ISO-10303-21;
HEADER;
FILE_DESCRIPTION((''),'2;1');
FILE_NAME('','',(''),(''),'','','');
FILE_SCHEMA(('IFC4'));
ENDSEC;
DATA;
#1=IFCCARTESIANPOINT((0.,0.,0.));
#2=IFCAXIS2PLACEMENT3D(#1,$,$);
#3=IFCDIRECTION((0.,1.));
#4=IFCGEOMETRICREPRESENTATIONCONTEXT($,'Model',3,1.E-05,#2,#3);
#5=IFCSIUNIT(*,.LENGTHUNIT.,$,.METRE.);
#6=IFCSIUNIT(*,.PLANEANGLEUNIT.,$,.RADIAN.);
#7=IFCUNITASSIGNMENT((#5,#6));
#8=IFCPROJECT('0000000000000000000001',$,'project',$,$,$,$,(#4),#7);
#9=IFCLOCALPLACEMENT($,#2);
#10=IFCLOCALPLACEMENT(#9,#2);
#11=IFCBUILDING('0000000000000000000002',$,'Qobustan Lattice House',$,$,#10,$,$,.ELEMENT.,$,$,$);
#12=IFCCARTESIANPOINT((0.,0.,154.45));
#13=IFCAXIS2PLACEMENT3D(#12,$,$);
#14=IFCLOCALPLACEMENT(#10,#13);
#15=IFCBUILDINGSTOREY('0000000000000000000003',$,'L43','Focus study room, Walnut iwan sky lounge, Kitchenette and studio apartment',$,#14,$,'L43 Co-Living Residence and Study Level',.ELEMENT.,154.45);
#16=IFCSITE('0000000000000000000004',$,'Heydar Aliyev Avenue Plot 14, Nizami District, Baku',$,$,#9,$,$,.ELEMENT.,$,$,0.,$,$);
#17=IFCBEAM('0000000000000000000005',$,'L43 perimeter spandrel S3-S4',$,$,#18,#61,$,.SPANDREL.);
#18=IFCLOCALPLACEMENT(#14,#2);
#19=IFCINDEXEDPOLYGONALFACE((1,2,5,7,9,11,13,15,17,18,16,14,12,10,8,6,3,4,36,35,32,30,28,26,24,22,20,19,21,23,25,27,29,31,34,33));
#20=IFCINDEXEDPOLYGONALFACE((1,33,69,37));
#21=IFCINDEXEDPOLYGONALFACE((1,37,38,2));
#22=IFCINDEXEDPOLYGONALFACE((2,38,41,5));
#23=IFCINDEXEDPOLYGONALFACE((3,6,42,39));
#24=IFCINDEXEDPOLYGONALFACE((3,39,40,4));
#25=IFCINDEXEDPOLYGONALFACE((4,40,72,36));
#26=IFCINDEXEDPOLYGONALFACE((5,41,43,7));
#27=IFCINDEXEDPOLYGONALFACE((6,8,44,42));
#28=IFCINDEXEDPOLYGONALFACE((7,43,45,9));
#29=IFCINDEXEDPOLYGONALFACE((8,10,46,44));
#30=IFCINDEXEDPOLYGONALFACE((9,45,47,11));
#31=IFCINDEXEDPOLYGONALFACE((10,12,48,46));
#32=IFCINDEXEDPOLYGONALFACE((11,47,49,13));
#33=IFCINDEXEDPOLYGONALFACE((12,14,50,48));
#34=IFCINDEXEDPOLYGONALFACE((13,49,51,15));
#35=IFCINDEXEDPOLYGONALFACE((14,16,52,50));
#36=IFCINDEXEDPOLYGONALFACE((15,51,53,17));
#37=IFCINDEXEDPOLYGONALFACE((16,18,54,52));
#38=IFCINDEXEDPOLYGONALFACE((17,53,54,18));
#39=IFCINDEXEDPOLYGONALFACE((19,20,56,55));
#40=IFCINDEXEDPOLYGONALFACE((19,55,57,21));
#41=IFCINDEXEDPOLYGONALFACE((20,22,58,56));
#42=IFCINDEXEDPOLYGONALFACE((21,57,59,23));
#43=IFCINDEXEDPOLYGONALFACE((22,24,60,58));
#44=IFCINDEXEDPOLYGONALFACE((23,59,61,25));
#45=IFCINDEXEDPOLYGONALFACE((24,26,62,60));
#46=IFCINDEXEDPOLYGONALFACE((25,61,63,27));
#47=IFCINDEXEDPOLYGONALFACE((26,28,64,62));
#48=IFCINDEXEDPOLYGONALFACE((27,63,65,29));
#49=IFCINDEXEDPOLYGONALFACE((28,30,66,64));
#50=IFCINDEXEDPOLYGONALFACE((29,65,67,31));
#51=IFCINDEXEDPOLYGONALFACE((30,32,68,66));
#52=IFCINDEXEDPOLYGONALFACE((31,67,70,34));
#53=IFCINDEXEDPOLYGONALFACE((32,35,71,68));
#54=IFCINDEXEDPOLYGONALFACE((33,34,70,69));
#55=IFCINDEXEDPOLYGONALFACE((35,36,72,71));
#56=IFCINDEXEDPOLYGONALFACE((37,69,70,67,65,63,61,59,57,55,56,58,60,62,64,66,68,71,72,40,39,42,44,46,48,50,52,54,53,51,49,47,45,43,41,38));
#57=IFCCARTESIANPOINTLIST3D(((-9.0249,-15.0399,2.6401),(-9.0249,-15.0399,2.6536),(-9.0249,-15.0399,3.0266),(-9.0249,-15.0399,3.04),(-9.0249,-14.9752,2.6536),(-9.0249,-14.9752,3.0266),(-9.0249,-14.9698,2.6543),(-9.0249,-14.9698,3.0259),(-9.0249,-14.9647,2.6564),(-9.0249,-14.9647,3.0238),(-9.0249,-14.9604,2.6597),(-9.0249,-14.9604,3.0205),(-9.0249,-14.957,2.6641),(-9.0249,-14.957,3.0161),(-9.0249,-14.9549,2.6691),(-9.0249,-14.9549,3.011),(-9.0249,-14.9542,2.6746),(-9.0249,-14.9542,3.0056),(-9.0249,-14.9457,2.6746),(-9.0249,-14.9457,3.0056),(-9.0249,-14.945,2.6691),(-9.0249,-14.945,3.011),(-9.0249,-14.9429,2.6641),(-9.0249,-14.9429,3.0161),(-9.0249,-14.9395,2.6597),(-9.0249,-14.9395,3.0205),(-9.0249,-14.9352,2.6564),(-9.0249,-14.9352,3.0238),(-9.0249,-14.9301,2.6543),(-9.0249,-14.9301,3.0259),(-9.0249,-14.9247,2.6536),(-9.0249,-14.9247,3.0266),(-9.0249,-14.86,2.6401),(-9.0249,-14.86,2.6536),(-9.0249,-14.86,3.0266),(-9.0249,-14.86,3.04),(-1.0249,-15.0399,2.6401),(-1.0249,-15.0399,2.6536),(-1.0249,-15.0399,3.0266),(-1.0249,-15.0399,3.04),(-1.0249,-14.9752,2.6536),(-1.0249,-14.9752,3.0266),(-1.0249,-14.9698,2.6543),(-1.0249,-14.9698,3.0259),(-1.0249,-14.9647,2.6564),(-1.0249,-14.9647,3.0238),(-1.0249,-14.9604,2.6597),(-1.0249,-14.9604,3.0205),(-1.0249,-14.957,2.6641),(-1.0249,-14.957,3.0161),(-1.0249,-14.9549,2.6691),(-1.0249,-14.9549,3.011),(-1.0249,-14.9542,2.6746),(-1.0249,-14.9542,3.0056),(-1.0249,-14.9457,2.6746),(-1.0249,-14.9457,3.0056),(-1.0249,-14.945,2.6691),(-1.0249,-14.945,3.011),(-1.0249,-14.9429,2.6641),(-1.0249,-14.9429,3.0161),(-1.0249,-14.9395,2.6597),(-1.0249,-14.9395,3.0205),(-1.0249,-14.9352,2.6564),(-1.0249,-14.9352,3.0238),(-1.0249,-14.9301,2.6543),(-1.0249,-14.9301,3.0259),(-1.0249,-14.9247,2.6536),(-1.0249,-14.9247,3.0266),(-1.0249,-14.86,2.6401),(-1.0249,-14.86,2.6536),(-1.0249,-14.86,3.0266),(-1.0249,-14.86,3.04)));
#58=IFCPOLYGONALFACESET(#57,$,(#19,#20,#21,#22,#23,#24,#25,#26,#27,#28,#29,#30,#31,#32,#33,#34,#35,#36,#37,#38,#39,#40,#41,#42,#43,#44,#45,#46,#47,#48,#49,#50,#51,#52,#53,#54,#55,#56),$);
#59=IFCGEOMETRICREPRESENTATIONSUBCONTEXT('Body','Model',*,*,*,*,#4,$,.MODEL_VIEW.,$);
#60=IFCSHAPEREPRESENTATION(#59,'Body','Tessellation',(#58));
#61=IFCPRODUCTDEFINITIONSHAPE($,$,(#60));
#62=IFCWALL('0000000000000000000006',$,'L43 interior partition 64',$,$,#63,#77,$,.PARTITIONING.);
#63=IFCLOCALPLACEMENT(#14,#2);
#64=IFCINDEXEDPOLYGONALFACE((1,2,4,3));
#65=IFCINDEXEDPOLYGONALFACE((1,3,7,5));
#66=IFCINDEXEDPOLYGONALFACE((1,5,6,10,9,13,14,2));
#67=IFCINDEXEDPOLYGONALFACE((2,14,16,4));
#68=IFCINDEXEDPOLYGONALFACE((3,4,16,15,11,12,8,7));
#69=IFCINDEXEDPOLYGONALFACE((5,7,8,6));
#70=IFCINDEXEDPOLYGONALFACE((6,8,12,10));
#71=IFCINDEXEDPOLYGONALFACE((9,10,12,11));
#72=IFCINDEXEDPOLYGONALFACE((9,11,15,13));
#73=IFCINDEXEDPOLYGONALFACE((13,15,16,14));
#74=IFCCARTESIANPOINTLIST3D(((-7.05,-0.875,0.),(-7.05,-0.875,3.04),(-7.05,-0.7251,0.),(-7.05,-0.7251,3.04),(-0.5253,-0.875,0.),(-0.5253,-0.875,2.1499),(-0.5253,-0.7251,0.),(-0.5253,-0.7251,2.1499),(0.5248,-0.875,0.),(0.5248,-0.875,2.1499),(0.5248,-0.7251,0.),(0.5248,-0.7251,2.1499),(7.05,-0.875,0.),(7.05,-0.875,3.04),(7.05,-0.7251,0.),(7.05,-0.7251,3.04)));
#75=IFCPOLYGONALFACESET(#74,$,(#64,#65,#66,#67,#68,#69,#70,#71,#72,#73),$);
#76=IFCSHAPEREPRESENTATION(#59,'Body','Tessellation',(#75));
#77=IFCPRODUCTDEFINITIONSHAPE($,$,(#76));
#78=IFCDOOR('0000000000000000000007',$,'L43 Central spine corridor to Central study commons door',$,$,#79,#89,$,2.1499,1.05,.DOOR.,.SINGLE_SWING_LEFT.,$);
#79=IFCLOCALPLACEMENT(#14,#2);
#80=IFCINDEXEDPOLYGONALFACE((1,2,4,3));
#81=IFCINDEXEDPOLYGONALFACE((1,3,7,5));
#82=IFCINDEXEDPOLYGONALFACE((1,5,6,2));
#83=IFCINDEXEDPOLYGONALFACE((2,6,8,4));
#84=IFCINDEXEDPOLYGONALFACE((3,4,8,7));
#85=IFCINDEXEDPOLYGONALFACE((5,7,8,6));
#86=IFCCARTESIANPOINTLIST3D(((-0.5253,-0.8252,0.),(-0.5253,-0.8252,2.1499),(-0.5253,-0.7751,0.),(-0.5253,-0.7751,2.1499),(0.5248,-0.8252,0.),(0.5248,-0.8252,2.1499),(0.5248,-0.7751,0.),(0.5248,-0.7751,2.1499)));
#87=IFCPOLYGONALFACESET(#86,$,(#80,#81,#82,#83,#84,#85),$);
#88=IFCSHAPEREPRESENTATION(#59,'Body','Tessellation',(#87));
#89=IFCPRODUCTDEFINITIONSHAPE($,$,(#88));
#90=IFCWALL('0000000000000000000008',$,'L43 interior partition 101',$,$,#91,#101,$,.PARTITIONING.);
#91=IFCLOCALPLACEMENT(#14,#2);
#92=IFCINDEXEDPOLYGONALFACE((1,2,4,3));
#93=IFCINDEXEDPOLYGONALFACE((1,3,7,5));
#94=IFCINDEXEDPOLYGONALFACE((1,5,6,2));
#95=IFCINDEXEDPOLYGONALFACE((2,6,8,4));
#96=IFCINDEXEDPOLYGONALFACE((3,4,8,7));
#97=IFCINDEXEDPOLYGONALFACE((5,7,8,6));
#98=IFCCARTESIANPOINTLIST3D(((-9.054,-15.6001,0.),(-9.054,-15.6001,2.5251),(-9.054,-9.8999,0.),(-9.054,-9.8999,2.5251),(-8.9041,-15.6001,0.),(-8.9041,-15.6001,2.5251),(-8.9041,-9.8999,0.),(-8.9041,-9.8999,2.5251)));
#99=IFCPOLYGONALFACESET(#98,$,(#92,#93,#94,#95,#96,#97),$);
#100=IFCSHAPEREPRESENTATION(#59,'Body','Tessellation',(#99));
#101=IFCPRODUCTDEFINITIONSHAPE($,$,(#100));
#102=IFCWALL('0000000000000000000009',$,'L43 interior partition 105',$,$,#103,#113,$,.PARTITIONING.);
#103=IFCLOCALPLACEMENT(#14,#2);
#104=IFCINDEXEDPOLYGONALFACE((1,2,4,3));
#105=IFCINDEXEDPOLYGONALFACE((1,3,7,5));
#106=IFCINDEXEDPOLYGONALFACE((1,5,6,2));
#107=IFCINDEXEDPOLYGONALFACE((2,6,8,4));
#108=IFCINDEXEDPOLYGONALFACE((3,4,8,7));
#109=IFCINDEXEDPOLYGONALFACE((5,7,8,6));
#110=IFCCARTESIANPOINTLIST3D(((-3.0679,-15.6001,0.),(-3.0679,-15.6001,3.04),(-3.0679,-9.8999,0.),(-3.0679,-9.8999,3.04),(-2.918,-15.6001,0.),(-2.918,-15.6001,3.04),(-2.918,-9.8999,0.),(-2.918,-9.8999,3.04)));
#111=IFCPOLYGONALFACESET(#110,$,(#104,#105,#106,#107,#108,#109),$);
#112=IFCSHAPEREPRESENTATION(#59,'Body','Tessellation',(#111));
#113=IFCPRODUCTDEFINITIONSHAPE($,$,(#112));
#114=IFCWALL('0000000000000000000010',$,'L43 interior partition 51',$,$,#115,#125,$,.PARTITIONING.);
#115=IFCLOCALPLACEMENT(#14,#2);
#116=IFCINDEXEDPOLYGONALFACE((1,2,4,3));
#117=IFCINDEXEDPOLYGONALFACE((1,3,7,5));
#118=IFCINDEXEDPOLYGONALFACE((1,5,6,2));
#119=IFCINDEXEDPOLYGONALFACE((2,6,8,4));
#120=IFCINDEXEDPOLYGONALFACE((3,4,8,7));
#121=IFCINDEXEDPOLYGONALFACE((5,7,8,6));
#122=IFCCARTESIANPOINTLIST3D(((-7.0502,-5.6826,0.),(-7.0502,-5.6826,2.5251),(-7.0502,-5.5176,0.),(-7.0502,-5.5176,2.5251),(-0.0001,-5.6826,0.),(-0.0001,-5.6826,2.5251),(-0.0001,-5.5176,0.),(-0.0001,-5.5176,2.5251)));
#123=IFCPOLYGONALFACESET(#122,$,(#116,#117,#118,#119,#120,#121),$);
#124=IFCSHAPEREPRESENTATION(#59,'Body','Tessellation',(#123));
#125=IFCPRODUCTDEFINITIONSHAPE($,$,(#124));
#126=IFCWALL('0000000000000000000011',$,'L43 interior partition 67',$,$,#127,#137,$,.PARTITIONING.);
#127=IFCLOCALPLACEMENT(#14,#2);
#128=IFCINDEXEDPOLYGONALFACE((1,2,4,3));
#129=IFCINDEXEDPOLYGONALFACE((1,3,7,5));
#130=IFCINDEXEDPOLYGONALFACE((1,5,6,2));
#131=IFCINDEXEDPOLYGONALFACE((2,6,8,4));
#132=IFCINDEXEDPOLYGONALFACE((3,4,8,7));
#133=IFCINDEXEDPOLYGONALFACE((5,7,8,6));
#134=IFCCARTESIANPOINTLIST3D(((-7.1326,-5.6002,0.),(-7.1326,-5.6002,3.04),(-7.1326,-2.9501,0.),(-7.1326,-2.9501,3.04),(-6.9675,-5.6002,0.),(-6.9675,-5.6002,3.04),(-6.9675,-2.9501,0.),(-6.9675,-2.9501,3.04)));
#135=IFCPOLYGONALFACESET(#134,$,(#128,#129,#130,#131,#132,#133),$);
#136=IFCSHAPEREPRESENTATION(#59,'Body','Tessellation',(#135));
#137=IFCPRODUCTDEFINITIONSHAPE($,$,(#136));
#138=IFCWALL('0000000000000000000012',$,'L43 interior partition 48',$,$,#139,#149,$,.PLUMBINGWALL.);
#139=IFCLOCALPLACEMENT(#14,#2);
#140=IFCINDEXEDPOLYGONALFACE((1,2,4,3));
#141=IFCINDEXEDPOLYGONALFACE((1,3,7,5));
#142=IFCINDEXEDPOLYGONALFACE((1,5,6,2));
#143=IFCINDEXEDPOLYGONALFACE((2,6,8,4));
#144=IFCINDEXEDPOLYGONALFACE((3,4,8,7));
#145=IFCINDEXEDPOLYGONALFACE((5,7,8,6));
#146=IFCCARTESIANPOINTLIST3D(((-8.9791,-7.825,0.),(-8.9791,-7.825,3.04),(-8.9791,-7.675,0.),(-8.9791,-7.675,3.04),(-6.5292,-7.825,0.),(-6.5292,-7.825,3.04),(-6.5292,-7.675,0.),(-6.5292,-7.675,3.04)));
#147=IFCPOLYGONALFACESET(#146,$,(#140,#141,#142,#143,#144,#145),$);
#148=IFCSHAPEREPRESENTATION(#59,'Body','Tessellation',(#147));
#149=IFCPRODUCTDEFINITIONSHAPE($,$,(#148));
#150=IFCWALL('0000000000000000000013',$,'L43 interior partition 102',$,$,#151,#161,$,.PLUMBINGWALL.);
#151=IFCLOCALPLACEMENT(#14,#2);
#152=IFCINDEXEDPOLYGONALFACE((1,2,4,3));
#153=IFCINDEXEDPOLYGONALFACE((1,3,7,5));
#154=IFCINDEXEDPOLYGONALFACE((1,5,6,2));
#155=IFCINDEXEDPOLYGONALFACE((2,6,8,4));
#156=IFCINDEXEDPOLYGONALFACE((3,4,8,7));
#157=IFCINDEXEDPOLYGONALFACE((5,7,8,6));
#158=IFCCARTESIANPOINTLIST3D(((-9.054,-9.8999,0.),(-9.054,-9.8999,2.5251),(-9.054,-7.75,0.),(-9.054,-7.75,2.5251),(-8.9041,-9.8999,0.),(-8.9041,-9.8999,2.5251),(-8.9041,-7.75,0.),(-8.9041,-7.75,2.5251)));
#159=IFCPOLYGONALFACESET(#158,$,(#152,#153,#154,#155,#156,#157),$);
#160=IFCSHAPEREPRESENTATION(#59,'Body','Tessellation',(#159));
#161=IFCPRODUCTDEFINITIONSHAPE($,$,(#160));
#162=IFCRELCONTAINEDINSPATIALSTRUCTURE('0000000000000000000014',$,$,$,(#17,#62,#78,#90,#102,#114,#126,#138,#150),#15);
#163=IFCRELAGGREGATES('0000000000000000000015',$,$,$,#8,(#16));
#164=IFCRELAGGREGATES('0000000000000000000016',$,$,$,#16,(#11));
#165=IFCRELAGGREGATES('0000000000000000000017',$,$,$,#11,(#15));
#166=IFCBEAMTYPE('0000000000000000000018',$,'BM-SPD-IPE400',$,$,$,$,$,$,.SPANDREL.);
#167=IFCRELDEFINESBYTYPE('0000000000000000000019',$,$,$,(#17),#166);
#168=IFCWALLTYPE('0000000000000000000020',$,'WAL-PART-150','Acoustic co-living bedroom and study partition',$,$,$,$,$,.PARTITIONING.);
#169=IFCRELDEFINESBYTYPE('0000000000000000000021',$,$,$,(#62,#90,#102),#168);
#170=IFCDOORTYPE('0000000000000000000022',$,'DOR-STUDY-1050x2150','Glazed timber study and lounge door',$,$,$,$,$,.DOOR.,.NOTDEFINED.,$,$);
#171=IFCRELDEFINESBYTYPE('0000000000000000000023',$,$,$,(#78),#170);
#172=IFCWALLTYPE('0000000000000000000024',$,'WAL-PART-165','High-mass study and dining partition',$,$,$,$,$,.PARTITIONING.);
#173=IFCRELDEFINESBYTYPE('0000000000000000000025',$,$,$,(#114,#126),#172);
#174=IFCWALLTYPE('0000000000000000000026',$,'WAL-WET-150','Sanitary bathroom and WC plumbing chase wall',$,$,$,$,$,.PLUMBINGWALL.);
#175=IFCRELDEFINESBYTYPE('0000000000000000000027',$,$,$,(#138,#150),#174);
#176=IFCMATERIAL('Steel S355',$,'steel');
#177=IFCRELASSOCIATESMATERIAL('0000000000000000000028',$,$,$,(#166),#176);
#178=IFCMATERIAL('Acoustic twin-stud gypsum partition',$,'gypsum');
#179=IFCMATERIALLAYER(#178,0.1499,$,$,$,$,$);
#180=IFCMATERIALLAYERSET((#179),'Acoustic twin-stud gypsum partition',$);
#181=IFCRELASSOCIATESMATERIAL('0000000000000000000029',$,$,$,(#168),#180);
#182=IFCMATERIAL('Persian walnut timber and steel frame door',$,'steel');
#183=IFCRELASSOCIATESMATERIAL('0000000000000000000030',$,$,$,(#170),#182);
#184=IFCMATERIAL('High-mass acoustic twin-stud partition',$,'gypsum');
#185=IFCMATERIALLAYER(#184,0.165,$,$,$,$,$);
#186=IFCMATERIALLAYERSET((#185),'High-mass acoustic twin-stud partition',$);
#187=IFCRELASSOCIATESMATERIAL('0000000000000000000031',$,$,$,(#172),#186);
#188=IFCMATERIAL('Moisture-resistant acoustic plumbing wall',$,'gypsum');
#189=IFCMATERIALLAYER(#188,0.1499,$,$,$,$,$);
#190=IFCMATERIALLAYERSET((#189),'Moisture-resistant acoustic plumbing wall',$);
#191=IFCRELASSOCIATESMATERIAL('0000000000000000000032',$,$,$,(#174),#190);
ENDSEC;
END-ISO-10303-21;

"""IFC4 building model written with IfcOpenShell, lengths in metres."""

from ifc_helpers import new_model, si_unit, direction, frame, frame_2d, origin, origin_2d, place, context, subcontext, project, spatial, rectangle, i_section, extrude, material, layer, layer_set, material_profile, profile_set, type_object, element, fill, save


model = new_model("IFC4")

# Units and contexts
model_context = context("Model", 3, precision=1e-05, world=origin(), true_north=direction((0.0, 1.0)))
body_context = subcontext(model_context, "Body", "Model", "MODEL_VIEW")
ifc_project = project(units=[si_unit("LENGTHUNIT", "METRE"), si_unit("PLANEANGLEUNIT", "RADIAN")], contexts=[model_context])

# Site, building, storey
site_placement = place(None, origin())
site = spatial("IfcSite", under=ifc_project, at=site_placement, Name="Heydar Aliyev Avenue Plot 14, Nizami District, Baku", CompositionType="ELEMENT", RefElevation=0.0)
building_placement = place(site_placement, origin())
building = spatial("IfcBuilding", under=site, at=building_placement, Name="Qobustan Lattice House", CompositionType="ELEMENT")
storey_placement = place(building_placement, frame((0.0, 0.0, 154.45)))
storey = spatial("IfcBuildingStorey", under=building, at=storey_placement, Name="L43", Description="Focus study room, Walnut iwan sky lounge, Kitchenette and studio apartment", LongName="L43 Co-Living Residence and Study Level", CompositionType="ELEMENT", Elevation=154.45)

# Beam
ifc_material_1 = material(Name="Steel S355", Category="steel")
ifc_material_profile_1 = material_profile(ifc_material_1, i_section(OverallWidth=0.1799, OverallDepth=0.3999, WebThickness=0.0085, FlangeThickness=0.0134, FilletRadius=0.021, at=origin_2d()), Name="IPE400")
ifc_profile_set_1 = profile_set([ifc_material_profile_1], Name="Steel S355")
beam_type_1 = type_object("IfcBeamType", Name="BM-SPD-IPE400", PredefinedType="SPANDREL", material=ifc_profile_set_1)
beam_1_placement = place(storey_placement, frame((-9.0249, -14.95, 2.8401), z_axis=(1.0, 0.0, 0.0), x_axis=(0.0, 1.0, 0.0)))
element("IfcBeam", 1, at=beam_1_placement, inside=storey, type_object=beam_type_1, Name="L43 perimeter spandrel S3-S4", PredefinedType="SPANDREL", context=body_context, shape_type="SweptSolid", body=[
    extrude(i_section(OverallWidth=0.1799, OverallDepth=0.3999, WebThickness=0.0085, FlangeThickness=0.0134, FilletRadius=0.021, at=origin_2d()), origin(), (0.0, 0.0, 1.0), 8.0),
])

# Wall, opening, door
ifc_material_2 = material(Name="Acoustic twin-stud gypsum partition", Category="gypsum")
ifc_layer_1 = layer(ifc_material_2, 0.1499)
ifc_layer_set_1 = layer_set([ifc_layer_1], Name="Acoustic twin-stud gypsum partition")
wall_type_1 = type_object("IfcWallType", Name="WAL-PART-150", Description="Acoustic co-living bedroom and study partition", PredefinedType="PARTITIONING", material=ifc_layer_set_1)
wall_1_placement = place(storey_placement, frame((-7.05, -0.8, 0.0), z_axis=(0.0, 0.0, 1.0), x_axis=(1.0, 0.0, 0.0)))
wall_1 = element("IfcWall", 2, at=wall_1_placement, inside=storey, type_object=wall_type_1, Name="L43 interior partition 64", PredefinedType="PARTITIONING", context=body_context, shape_type="SweptSolid", body=[
    extrude(rectangle(XDim=14.1001, YDim=0.1499, at=frame_2d((7.05, 0.0))), origin(), (0.0, 0.0, 1.0), 3.04),
])
opening_1_placement = place(wall_1_placement, frame((6.5249, 0.0, 0.0)))
opening_1 = element("IfcOpeningElement", 3, at=opening_1_placement, cuts=wall_1, PredefinedType="OPENING", context=body_context, shape_type="SweptSolid", body=[
    extrude(rectangle(XDim=1.05, YDim=2.1499, at=frame_2d((0.5249, 1.075))), frame((0.0, 0.085, 0.0), z_axis=(0.0, -1.0, 0.0), x_axis=(1.0, 0.0, 0.0)), (0.0, 0.0, 1.0), 0.1699),
])
ifc_material_3 = material(Name="Persian walnut timber and steel frame door", Category="steel")
door_type_1 = type_object("IfcDoorType", Name="DOR-STUDY-1050x2150", Description="Glazed timber study and lounge door", OperationType="NOTDEFINED", PredefinedType="DOOR", material=ifc_material_3)
door_1_placement = place(opening_1_placement, origin())
door_1 = element("IfcDoor", 4, at=door_1_placement, inside=storey, type_object=door_type_1, Name="L43 Central spine corridor to Central study commons door", OperationType="SINGLE_SWING_LEFT", OverallHeight=2.1499, OverallWidth=1.05, PredefinedType="DOOR", context=body_context, shape_type="SweptSolid", body=[
    extrude(rectangle(XDim=1.05, YDim=2.1499, at=frame_2d((0.5249, 1.075))), frame((0.0, 0.0249, 0.0), z_axis=(0.0, -1.0, 0.0), x_axis=(1.0, 0.0, 0.0)), (0.0, 0.0, 1.0), 0.05),
])
fill(opening_1, door_1)

# Walls
wall_2_placement = place(storey_placement, frame((-8.979, -9.8999, 0.0), z_axis=(0.0, 0.0, 1.0), x_axis=(0.0, -1.0, 0.0)))
element("IfcWall", 5, at=wall_2_placement, inside=storey, type_object=wall_type_1, Name="L43 interior partition 101", PredefinedType="PARTITIONING", context=body_context, shape_type="SweptSolid", body=[
    extrude(rectangle(XDim=5.7002, YDim=0.1499, at=frame_2d((2.8501, 0.0))), origin(), (0.0, 0.0, 1.0), 2.5251),
])
wall_3_placement = place(storey_placement, frame((-2.9929, -9.8999, 0.0), z_axis=(0.0, 0.0, 1.0), x_axis=(0.0, -1.0, 0.0)))
element("IfcWall", 6, at=wall_3_placement, inside=storey, type_object=wall_type_1, Name="L43 interior partition 105", PredefinedType="PARTITIONING", context=body_context, shape_type="SweptSolid", body=[
    extrude(rectangle(XDim=5.7002, YDim=0.1499, at=frame_2d((2.8501, 0.0))), origin(), (0.0, 0.0, 1.0), 3.04),
])
ifc_material_4 = material(Name="High-mass acoustic twin-stud partition", Category="gypsum")
ifc_layer_2 = layer(ifc_material_4, 0.165)
ifc_layer_set_2 = layer_set([ifc_layer_2], Name="High-mass acoustic twin-stud partition")
wall_type_2 = type_object("IfcWallType", Name="WAL-PART-165", Description="High-mass study and dining partition", PredefinedType="PARTITIONING", material=ifc_layer_set_2)
wall_4_placement = place(storey_placement, frame((-7.05, -5.6001, 0.0), z_axis=(0.0, 0.0, 1.0), x_axis=(1.0, 0.0, 0.0)))
element("IfcWall", 7, at=wall_4_placement, inside=storey, type_object=wall_type_2, Name="L43 interior partition 51", PredefinedType="PARTITIONING", context=body_context, shape_type="SweptSolid", body=[
    extrude(rectangle(XDim=7.05, YDim=0.165, at=frame_2d((3.5249, 0.0))), origin(), (0.0, 0.0, 1.0), 2.5251),
])
wall_5_placement = place(storey_placement, frame((-7.05, -2.95, 0.0), z_axis=(0.0, 0.0, 1.0), x_axis=(0.0, -1.0, 0.0)))
element("IfcWall", 8, at=wall_5_placement, inside=storey, type_object=wall_type_2, Name="L43 interior partition 67", PredefinedType="PARTITIONING", context=body_context, shape_type="SweptSolid", body=[
    extrude(rectangle(XDim=2.6501, YDim=0.165, at=frame_2d((1.3252, 0.0))), origin(), (0.0, 0.0, 1.0), 3.04),
])
ifc_material_5 = material(Name="Moisture-resistant acoustic plumbing wall", Category="gypsum")
ifc_layer_3 = layer(ifc_material_5, 0.1499)
ifc_layer_set_3 = layer_set([ifc_layer_3], Name="Moisture-resistant acoustic plumbing wall")
wall_type_3 = type_object("IfcWallType", Name="WAL-WET-150", Description="Sanitary bathroom and WC plumbing chase wall", PredefinedType="PLUMBINGWALL", material=ifc_layer_set_3)
wall_6_placement = place(storey_placement, frame((-6.5291, -7.75, 0.0), z_axis=(0.0, 0.0, 1.0), x_axis=(-1.0, 0.0, 0.0)))
element("IfcWall", 9, at=wall_6_placement, inside=storey, type_object=wall_type_3, Name="L43 interior partition 48", PredefinedType="PLUMBINGWALL", context=body_context, shape_type="SweptSolid", body=[
    extrude(rectangle(XDim=2.45, YDim=0.1499, at=frame_2d((1.2251, 0.0))), origin(), (0.0, 0.0, 1.0), 3.04),
])
wall_7_placement = place(storey_placement, frame((-8.979, -7.75, 0.0), z_axis=(0.0, 0.0, 1.0), x_axis=(0.0, -1.0, 0.0)))
element("IfcWall", 10, at=wall_7_placement, inside=storey, type_object=wall_type_3, Name="L43 interior partition 102", PredefinedType="PLUMBINGWALL", context=body_context, shape_type="SweptSolid", body=[
    extrude(rectangle(XDim=2.1499, YDim=0.1499, at=frame_2d((1.075, 0.0))), origin(), (0.0, 0.0, 1.0), 2.5251),
])

save(model, "model.ifc")
